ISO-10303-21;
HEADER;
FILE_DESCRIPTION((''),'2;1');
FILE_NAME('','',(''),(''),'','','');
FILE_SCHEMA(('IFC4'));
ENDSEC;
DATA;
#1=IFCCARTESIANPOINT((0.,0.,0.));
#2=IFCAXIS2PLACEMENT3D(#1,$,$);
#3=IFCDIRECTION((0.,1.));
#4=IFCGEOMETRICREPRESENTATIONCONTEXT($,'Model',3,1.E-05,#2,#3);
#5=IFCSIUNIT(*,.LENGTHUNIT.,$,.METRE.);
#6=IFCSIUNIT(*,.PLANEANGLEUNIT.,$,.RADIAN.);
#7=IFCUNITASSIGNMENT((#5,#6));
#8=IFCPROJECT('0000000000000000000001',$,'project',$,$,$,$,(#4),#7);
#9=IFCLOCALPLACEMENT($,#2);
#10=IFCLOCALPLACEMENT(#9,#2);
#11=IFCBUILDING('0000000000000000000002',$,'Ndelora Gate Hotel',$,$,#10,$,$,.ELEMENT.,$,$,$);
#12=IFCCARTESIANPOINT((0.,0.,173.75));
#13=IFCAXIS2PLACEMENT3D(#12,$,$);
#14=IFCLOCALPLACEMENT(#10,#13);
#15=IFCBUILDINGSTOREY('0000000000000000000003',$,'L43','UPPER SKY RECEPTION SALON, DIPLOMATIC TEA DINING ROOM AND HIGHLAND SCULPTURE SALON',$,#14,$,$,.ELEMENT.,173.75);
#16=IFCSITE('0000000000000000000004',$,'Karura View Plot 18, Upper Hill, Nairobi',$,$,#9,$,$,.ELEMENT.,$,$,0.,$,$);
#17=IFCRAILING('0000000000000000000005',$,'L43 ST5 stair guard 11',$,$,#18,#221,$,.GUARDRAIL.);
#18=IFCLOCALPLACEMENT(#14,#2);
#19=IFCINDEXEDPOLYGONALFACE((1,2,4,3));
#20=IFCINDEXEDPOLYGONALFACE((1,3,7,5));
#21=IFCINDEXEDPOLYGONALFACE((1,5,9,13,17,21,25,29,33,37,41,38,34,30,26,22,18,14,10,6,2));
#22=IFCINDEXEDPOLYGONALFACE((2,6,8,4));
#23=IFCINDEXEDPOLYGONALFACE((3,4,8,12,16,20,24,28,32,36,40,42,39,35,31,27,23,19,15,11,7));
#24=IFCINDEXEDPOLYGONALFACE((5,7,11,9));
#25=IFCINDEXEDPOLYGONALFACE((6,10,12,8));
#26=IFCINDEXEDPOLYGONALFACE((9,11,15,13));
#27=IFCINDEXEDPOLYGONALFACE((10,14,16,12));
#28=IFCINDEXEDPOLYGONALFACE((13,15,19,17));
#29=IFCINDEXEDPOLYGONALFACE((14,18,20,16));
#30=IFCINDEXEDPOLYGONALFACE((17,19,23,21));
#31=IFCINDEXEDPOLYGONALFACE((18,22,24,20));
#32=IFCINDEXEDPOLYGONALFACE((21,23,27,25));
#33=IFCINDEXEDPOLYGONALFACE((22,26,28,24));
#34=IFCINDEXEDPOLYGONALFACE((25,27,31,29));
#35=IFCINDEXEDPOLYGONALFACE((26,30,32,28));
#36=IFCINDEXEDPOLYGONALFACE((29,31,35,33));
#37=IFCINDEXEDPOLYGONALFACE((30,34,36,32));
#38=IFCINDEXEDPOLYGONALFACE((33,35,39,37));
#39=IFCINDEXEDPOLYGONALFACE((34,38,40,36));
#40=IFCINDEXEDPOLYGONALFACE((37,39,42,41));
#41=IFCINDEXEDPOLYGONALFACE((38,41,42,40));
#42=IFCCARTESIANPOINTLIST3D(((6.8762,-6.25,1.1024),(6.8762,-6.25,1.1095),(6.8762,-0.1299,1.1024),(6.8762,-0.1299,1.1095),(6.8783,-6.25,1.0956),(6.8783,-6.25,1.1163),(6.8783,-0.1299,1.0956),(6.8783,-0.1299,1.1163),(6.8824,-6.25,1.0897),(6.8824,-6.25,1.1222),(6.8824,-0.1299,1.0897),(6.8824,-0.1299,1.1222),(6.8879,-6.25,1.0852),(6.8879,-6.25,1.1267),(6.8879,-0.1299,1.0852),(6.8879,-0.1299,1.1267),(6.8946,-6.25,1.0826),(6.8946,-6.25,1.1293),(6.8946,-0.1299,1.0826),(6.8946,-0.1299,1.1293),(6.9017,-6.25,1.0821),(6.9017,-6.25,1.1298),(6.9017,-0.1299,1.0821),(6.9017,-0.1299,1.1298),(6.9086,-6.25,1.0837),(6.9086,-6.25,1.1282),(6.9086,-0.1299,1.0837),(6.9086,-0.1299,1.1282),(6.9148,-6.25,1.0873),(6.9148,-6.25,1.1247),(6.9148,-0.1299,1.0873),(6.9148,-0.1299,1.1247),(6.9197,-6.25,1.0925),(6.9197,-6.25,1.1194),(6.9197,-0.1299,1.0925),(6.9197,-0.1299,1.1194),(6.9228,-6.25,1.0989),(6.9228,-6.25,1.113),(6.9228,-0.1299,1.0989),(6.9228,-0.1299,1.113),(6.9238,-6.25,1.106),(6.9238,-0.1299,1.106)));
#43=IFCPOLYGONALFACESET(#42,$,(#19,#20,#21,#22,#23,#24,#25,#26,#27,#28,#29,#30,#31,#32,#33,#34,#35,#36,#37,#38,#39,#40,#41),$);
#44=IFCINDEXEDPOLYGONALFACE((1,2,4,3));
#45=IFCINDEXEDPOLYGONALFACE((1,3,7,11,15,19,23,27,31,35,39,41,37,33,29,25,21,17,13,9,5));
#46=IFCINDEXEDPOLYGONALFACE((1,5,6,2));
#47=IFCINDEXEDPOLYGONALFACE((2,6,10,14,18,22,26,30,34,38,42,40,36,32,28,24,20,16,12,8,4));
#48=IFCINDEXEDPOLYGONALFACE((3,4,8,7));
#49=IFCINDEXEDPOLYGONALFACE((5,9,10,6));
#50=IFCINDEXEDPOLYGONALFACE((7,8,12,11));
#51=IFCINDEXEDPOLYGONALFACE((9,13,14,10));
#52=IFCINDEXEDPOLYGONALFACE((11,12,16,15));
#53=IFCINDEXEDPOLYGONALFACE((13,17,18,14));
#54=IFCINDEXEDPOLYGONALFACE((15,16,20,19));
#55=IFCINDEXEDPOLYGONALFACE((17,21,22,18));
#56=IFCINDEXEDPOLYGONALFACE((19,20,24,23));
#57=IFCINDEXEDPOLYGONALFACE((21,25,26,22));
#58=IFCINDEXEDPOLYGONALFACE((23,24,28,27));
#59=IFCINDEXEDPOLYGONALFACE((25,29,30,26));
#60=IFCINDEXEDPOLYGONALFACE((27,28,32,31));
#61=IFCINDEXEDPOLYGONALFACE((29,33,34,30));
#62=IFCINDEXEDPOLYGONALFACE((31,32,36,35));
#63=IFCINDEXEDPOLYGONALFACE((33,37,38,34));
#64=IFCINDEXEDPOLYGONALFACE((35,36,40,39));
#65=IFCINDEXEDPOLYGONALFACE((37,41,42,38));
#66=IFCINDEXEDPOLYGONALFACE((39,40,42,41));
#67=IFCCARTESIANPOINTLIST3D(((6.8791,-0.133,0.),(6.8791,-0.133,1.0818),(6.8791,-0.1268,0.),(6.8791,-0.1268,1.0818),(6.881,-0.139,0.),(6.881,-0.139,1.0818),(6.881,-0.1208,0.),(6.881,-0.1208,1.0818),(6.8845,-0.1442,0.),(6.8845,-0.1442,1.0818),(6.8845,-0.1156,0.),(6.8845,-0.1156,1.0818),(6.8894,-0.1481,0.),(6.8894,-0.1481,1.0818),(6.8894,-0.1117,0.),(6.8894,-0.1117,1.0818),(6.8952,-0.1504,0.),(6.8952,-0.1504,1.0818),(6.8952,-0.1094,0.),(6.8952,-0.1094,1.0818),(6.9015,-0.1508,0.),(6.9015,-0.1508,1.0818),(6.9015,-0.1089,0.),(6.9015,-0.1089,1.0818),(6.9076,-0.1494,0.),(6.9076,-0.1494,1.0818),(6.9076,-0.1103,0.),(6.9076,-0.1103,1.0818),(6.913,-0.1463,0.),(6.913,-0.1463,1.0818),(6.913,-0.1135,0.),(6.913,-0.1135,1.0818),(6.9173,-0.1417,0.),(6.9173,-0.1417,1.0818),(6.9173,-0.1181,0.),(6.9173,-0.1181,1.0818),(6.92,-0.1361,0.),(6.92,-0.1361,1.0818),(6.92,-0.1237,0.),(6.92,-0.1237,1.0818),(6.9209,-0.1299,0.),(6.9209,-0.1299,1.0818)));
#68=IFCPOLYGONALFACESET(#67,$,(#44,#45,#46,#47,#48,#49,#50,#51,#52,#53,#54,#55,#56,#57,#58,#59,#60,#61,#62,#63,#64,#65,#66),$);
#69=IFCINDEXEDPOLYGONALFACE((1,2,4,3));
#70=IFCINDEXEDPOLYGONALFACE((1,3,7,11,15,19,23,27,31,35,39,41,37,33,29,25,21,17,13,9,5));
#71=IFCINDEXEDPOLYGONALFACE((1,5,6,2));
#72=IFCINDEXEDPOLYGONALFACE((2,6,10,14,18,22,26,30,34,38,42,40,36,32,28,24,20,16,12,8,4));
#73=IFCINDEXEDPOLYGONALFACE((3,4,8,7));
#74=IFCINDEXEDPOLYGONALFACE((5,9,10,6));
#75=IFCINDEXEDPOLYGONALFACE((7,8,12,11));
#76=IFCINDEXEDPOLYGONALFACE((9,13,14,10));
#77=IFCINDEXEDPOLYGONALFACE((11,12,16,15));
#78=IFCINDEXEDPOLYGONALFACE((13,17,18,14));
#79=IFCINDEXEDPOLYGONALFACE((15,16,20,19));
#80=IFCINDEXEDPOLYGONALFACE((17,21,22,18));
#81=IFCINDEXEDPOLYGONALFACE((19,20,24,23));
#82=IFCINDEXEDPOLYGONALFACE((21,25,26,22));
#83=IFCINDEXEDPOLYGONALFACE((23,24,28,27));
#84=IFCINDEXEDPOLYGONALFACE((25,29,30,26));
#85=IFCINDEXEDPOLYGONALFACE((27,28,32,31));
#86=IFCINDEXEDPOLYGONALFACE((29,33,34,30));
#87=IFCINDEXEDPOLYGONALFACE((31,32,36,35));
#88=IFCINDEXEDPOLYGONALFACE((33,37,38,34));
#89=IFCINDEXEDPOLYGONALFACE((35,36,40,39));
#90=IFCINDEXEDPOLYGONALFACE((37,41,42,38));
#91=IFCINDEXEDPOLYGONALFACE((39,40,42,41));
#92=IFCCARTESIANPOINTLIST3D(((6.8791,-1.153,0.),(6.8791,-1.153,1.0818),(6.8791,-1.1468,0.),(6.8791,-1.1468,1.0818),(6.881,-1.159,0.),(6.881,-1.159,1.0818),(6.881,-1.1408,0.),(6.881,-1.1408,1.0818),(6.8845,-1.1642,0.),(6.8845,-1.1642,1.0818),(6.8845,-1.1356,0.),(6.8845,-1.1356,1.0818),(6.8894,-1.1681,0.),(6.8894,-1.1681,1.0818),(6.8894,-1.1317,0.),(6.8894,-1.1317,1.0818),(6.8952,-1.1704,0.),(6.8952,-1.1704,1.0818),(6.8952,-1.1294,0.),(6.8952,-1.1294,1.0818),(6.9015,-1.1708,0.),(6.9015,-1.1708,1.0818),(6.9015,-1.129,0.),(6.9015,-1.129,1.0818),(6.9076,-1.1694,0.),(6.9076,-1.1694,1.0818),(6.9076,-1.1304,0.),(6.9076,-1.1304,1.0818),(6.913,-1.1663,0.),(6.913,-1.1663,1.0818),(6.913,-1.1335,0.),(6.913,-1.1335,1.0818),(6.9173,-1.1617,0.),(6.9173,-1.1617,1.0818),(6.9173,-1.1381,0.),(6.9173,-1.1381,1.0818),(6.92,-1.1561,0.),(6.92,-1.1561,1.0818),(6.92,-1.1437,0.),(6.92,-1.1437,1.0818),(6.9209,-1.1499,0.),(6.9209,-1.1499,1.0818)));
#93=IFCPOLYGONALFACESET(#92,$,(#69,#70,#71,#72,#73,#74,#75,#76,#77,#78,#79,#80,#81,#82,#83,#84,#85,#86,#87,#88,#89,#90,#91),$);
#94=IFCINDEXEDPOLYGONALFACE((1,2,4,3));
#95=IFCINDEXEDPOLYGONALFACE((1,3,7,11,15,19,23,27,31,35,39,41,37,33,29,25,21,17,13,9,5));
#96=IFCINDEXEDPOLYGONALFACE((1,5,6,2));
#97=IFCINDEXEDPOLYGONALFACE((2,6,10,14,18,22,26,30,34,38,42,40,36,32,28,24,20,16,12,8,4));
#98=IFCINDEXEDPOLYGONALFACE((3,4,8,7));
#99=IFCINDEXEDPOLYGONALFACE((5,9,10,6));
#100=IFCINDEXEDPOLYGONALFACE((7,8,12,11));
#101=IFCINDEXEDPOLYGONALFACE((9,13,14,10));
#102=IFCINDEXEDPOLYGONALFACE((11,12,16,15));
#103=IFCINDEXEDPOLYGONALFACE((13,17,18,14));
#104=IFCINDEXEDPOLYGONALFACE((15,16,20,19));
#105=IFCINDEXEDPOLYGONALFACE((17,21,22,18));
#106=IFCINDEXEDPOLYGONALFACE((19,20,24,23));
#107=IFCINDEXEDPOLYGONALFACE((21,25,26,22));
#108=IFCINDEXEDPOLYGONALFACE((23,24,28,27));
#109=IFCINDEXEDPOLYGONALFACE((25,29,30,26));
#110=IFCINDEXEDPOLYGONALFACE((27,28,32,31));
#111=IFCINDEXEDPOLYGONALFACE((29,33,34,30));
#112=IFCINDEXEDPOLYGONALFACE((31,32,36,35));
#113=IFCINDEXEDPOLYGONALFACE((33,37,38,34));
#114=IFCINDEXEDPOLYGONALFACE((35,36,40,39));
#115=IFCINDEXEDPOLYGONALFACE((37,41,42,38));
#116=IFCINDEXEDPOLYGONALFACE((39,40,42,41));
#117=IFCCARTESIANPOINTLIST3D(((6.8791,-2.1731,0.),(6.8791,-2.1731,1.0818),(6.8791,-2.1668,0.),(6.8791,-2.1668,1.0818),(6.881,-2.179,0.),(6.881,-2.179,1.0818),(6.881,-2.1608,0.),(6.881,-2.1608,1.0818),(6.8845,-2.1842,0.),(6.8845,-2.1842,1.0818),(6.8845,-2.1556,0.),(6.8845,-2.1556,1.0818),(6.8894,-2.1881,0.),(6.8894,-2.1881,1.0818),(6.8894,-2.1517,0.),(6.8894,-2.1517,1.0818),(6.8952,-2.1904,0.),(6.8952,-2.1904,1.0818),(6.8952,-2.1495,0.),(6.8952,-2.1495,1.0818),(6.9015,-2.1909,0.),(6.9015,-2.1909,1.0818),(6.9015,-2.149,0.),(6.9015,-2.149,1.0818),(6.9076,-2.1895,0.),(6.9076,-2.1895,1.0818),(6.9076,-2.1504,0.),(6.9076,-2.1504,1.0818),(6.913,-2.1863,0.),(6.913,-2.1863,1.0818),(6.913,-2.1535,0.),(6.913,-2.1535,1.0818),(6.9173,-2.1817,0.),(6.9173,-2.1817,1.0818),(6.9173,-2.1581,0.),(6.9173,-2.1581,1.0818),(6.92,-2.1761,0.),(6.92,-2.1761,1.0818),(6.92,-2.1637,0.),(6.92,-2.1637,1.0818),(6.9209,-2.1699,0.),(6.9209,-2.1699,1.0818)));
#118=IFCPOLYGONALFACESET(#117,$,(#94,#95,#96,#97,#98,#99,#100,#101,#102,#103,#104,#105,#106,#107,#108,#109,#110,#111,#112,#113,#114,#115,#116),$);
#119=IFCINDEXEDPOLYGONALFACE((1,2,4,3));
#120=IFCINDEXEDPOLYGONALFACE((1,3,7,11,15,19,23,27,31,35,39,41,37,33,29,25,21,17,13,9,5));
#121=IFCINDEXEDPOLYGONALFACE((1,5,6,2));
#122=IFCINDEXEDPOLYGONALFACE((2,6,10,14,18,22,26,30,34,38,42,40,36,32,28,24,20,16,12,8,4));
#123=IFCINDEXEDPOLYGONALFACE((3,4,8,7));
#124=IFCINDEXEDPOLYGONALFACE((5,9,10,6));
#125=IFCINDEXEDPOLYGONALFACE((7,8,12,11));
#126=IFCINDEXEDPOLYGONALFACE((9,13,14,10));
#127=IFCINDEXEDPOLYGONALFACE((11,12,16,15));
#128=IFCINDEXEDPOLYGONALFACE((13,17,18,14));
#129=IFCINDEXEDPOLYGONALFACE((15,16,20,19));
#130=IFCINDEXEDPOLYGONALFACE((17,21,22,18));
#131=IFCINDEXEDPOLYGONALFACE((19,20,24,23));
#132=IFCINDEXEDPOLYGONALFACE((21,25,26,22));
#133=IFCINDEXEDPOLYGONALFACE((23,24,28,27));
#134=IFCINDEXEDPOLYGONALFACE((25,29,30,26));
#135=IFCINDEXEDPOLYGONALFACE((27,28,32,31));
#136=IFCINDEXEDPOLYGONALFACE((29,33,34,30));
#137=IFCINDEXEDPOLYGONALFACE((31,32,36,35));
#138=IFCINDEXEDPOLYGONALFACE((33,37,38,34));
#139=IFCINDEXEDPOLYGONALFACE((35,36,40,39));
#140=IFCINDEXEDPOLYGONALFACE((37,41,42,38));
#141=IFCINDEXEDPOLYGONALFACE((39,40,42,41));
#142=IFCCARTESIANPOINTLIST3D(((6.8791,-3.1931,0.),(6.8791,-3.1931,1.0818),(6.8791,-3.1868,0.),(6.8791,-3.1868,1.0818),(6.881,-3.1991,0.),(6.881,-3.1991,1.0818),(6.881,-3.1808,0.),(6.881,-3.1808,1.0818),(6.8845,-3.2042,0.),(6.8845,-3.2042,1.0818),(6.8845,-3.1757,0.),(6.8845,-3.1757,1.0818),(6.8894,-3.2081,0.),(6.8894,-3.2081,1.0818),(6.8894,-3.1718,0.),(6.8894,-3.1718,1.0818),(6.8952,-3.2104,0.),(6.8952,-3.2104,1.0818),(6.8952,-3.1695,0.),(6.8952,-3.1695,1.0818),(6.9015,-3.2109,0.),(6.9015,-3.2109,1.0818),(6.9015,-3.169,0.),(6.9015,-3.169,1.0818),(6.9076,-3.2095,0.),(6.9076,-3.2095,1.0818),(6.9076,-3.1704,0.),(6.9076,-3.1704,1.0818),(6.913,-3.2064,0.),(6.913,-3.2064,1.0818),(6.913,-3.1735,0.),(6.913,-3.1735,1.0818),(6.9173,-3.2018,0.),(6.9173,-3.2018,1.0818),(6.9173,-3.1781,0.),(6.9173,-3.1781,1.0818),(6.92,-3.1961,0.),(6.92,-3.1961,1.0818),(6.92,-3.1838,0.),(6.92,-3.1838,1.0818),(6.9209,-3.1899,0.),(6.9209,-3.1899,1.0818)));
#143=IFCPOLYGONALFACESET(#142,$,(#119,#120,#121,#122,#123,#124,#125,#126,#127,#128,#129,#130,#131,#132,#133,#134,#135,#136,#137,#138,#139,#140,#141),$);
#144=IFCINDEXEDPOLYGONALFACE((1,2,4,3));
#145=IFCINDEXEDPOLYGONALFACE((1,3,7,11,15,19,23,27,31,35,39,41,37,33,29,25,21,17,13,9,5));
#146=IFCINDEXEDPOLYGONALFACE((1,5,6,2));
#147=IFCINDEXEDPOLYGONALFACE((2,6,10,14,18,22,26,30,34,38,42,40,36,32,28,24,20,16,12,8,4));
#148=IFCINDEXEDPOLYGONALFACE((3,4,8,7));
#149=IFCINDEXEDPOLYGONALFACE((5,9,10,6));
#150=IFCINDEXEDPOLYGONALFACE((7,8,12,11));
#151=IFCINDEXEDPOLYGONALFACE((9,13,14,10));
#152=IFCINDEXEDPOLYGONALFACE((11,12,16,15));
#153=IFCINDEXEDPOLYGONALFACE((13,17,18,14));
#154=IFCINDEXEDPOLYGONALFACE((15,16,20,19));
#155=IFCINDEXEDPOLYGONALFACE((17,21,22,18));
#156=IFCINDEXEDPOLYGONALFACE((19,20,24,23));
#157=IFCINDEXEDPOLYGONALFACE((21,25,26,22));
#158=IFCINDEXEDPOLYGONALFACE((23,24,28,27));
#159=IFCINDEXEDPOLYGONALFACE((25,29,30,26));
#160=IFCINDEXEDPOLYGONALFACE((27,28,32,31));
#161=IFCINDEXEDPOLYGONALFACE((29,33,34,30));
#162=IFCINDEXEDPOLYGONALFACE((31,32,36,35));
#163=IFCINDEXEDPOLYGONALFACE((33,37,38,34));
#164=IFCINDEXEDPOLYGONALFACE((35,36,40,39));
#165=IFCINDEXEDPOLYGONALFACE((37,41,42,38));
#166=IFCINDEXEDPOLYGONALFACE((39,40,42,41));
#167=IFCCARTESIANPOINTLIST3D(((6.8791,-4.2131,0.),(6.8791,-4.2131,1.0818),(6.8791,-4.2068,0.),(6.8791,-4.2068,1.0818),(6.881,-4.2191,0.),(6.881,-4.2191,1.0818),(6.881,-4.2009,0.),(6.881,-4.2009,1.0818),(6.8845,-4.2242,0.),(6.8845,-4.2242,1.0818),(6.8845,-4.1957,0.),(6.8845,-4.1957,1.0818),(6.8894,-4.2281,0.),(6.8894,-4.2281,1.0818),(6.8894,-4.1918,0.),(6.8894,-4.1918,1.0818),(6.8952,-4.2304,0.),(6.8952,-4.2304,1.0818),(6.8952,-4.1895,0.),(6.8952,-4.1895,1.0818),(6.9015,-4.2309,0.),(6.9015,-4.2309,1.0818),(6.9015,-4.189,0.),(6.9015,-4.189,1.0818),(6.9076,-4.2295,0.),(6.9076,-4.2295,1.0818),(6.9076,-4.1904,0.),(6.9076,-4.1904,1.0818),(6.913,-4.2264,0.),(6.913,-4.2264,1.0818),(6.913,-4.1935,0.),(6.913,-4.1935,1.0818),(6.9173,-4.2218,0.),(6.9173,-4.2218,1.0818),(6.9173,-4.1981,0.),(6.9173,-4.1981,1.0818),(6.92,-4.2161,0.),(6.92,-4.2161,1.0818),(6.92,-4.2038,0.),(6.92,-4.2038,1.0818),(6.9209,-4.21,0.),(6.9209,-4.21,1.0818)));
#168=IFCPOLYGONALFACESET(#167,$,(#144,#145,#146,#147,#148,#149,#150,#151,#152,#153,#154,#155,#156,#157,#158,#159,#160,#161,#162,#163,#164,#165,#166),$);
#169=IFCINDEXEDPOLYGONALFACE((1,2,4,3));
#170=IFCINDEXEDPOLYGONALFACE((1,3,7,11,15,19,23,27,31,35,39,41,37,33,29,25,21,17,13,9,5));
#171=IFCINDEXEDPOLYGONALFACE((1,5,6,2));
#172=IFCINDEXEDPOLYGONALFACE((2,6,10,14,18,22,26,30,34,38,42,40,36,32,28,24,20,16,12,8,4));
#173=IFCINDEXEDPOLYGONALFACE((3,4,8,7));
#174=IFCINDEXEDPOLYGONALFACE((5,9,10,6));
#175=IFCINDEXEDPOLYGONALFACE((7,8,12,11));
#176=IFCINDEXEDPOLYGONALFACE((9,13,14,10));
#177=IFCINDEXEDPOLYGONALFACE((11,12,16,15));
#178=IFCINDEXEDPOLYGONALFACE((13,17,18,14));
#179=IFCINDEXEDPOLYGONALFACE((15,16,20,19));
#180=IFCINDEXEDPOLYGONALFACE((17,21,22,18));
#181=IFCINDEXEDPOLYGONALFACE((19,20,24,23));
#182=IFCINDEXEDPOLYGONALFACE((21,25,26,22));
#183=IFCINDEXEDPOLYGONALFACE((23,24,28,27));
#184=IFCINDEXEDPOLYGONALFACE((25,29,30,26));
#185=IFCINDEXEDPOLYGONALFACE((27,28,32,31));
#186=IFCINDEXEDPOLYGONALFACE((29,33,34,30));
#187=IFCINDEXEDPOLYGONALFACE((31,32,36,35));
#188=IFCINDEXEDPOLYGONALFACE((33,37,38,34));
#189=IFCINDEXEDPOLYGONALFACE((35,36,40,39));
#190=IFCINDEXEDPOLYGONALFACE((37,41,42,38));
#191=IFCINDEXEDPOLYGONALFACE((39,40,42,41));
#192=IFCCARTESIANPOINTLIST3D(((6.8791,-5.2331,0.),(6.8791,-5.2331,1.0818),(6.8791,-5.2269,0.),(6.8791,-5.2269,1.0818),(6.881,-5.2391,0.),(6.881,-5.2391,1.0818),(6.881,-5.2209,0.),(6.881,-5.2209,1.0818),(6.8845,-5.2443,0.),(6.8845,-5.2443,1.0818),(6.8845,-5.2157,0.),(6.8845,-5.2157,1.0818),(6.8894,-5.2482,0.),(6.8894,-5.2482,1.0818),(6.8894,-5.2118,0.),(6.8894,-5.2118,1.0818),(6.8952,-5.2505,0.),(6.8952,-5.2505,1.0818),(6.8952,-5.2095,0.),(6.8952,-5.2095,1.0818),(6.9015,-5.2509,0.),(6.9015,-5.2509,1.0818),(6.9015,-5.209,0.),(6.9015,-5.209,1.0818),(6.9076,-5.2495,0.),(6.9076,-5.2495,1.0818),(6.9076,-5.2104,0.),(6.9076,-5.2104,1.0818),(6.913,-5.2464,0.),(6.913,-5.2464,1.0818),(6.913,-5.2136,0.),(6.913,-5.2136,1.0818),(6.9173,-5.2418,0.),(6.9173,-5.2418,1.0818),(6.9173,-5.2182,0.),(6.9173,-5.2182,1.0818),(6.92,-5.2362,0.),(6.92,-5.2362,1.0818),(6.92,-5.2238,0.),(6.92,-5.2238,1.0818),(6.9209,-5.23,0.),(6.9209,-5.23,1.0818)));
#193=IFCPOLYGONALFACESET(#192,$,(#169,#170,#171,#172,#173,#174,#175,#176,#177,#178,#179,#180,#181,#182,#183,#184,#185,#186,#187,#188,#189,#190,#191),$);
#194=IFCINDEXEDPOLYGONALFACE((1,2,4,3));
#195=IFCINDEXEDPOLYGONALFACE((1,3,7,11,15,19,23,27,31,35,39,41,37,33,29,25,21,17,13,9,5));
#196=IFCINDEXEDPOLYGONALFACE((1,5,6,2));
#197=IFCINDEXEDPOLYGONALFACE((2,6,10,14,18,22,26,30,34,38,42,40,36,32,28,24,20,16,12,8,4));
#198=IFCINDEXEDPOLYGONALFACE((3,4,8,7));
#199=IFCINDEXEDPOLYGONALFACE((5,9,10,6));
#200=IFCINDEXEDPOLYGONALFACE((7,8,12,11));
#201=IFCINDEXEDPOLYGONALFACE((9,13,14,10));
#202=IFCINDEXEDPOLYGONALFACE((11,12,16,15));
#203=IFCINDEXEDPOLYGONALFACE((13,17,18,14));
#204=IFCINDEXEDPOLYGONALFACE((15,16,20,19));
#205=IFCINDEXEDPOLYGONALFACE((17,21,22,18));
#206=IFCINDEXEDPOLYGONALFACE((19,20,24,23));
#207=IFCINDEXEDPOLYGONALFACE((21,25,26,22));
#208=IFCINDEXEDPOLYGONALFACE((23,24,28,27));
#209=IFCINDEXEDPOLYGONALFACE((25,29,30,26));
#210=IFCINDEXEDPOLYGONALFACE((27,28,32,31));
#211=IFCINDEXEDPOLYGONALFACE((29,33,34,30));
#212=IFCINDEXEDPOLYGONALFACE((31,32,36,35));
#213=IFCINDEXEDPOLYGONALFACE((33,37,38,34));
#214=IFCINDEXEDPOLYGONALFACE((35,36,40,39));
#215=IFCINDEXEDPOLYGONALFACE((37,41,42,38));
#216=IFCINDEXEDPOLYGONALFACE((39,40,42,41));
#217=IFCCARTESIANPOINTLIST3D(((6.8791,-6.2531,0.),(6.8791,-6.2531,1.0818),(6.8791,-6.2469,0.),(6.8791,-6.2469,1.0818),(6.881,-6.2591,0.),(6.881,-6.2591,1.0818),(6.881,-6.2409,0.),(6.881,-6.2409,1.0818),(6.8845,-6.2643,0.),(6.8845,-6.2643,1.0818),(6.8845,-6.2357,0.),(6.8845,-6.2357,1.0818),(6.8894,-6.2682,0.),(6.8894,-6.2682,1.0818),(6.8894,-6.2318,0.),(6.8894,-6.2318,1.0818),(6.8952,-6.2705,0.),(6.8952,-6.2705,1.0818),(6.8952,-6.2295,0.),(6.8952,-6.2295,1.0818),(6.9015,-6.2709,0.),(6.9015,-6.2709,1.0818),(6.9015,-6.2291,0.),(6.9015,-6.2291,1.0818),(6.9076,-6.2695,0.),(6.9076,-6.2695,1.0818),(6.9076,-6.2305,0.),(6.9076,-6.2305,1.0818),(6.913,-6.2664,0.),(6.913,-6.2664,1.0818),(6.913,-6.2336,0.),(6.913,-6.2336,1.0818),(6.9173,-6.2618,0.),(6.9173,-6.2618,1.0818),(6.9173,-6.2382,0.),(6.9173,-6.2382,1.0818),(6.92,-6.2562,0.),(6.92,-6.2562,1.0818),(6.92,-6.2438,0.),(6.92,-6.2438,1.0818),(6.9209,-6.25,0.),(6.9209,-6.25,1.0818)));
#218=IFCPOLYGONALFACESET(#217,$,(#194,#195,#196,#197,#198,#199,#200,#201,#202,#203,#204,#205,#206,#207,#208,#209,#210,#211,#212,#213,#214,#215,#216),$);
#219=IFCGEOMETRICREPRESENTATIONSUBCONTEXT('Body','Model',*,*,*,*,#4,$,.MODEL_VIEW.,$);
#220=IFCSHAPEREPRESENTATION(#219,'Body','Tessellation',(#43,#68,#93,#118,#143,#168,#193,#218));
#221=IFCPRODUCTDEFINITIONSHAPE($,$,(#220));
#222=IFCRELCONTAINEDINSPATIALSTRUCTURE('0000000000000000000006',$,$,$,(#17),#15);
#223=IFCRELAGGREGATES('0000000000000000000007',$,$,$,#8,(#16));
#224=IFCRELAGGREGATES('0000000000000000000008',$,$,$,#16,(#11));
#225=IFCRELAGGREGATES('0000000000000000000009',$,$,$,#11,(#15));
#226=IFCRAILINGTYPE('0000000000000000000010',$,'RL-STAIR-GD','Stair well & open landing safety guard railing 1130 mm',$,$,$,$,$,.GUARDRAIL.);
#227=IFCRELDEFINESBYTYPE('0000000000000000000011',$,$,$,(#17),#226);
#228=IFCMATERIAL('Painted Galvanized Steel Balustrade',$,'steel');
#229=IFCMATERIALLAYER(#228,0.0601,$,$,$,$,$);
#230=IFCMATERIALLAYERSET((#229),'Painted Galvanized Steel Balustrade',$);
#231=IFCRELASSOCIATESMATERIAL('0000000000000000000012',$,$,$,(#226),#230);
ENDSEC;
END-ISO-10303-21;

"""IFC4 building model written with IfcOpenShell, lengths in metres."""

from ifc_helpers import new_model, si_unit, direction, frame, origin, origin_2d, place, context, subcontext, project, spatial, circle, extrude, material, layer, layer_set, type_object, element, save


model = new_model("IFC4")

# Units and contexts
model_context = context("Model", 3, precision=1e-05, world=origin(), true_north=direction((0.0, 1.0)))
body_context = subcontext(model_context, "Body", "Model", "MODEL_VIEW")
ifc_project = project(units=[si_unit("LENGTHUNIT", "METRE"), si_unit("PLANEANGLEUNIT", "RADIAN")], contexts=[model_context])

# Site, building, storey
site_placement = place(None, origin())
site = spatial("IfcSite", under=ifc_project, at=site_placement, Name="Karura View Plot 18, Upper Hill, Nairobi", CompositionType="ELEMENT", RefElevation=0.0)
building_placement = place(site_placement, origin())
building = spatial("IfcBuilding", under=site, at=building_placement, Name="Ndelora Gate Hotel", CompositionType="ELEMENT")
storey_placement = place(building_placement, frame((0.0, 0.0, 173.75)))
storey = spatial("IfcBuildingStorey", under=building, at=storey_placement, Name="L43", Description="UPPER SKY RECEPTION SALON, DIPLOMATIC TEA DINING ROOM AND HIGHLAND SCULPTURE SALON", CompositionType="ELEMENT", Elevation=173.75)

# Railing
ifc_material_1 = material(Name="Painted Galvanized Steel Balustrade", Category="steel")
ifc_layer_1 = layer(ifc_material_1, 0.0601)
ifc_layer_set_1 = layer_set([ifc_layer_1], Name="Painted Galvanized Steel Balustrade")
railing_type_1 = type_object("IfcRailingType", Name="RL-STAIR-GD", Description="Stair well & open landing safety guard railing 1130 mm", PredefinedType="GUARDRAIL", material=ifc_layer_set_1)
railing_1_placement = place(storey_placement, frame((6.8999, -0.1299, 0.0)))
element("IfcRailing", 1, at=railing_1_placement, inside=storey, type_object=railing_type_1, Name="L43 ST5 stair guard 11", PredefinedType="GUARDRAIL", context=body_context, shape_type="SweptSolid", body=[
    extrude(circle(Radius=0.0239, at=origin_2d()), frame((0.0, 0.0, 1.106), z_axis=(0.0, -1.0, 0.0), x_axis=(1.0, 0.0, 0.0)), (0.0, 0.0, 1.0), 6.1201),
    extrude(circle(Radius=0.021, at=origin_2d()), origin(), (0.0, 0.0, 1.0), 1.0818),
    extrude(circle(Radius=0.021, at=origin_2d()), frame((0.0, -1.02, 0.0)), (0.0, 0.0, 1.0), 1.0818),
    extrude(circle(Radius=0.021, at=origin_2d()), frame((0.0, -2.04, 0.0)), (0.0, 0.0, 1.0), 1.0818),
    extrude(circle(Radius=0.021, at=origin_2d()), frame((0.0, -3.0601, 0.0)), (0.0, 0.0, 1.0), 1.0818),
    extrude(circle(Radius=0.021, at=origin_2d()), frame((0.0, -4.0801, 0.0)), (0.0, 0.0, 1.0), 1.0818),
    extrude(circle(Radius=0.021, at=origin_2d()), frame((0.0, -5.1001, 0.0)), (0.0, 0.0, 1.0), 1.0818),
    extrude(circle(Radius=0.021, at=origin_2d()), frame((0.0, -6.1201, 0.0)), (0.0, 0.0, 1.0), 1.0818),
])

save(model, "model.ifc")
